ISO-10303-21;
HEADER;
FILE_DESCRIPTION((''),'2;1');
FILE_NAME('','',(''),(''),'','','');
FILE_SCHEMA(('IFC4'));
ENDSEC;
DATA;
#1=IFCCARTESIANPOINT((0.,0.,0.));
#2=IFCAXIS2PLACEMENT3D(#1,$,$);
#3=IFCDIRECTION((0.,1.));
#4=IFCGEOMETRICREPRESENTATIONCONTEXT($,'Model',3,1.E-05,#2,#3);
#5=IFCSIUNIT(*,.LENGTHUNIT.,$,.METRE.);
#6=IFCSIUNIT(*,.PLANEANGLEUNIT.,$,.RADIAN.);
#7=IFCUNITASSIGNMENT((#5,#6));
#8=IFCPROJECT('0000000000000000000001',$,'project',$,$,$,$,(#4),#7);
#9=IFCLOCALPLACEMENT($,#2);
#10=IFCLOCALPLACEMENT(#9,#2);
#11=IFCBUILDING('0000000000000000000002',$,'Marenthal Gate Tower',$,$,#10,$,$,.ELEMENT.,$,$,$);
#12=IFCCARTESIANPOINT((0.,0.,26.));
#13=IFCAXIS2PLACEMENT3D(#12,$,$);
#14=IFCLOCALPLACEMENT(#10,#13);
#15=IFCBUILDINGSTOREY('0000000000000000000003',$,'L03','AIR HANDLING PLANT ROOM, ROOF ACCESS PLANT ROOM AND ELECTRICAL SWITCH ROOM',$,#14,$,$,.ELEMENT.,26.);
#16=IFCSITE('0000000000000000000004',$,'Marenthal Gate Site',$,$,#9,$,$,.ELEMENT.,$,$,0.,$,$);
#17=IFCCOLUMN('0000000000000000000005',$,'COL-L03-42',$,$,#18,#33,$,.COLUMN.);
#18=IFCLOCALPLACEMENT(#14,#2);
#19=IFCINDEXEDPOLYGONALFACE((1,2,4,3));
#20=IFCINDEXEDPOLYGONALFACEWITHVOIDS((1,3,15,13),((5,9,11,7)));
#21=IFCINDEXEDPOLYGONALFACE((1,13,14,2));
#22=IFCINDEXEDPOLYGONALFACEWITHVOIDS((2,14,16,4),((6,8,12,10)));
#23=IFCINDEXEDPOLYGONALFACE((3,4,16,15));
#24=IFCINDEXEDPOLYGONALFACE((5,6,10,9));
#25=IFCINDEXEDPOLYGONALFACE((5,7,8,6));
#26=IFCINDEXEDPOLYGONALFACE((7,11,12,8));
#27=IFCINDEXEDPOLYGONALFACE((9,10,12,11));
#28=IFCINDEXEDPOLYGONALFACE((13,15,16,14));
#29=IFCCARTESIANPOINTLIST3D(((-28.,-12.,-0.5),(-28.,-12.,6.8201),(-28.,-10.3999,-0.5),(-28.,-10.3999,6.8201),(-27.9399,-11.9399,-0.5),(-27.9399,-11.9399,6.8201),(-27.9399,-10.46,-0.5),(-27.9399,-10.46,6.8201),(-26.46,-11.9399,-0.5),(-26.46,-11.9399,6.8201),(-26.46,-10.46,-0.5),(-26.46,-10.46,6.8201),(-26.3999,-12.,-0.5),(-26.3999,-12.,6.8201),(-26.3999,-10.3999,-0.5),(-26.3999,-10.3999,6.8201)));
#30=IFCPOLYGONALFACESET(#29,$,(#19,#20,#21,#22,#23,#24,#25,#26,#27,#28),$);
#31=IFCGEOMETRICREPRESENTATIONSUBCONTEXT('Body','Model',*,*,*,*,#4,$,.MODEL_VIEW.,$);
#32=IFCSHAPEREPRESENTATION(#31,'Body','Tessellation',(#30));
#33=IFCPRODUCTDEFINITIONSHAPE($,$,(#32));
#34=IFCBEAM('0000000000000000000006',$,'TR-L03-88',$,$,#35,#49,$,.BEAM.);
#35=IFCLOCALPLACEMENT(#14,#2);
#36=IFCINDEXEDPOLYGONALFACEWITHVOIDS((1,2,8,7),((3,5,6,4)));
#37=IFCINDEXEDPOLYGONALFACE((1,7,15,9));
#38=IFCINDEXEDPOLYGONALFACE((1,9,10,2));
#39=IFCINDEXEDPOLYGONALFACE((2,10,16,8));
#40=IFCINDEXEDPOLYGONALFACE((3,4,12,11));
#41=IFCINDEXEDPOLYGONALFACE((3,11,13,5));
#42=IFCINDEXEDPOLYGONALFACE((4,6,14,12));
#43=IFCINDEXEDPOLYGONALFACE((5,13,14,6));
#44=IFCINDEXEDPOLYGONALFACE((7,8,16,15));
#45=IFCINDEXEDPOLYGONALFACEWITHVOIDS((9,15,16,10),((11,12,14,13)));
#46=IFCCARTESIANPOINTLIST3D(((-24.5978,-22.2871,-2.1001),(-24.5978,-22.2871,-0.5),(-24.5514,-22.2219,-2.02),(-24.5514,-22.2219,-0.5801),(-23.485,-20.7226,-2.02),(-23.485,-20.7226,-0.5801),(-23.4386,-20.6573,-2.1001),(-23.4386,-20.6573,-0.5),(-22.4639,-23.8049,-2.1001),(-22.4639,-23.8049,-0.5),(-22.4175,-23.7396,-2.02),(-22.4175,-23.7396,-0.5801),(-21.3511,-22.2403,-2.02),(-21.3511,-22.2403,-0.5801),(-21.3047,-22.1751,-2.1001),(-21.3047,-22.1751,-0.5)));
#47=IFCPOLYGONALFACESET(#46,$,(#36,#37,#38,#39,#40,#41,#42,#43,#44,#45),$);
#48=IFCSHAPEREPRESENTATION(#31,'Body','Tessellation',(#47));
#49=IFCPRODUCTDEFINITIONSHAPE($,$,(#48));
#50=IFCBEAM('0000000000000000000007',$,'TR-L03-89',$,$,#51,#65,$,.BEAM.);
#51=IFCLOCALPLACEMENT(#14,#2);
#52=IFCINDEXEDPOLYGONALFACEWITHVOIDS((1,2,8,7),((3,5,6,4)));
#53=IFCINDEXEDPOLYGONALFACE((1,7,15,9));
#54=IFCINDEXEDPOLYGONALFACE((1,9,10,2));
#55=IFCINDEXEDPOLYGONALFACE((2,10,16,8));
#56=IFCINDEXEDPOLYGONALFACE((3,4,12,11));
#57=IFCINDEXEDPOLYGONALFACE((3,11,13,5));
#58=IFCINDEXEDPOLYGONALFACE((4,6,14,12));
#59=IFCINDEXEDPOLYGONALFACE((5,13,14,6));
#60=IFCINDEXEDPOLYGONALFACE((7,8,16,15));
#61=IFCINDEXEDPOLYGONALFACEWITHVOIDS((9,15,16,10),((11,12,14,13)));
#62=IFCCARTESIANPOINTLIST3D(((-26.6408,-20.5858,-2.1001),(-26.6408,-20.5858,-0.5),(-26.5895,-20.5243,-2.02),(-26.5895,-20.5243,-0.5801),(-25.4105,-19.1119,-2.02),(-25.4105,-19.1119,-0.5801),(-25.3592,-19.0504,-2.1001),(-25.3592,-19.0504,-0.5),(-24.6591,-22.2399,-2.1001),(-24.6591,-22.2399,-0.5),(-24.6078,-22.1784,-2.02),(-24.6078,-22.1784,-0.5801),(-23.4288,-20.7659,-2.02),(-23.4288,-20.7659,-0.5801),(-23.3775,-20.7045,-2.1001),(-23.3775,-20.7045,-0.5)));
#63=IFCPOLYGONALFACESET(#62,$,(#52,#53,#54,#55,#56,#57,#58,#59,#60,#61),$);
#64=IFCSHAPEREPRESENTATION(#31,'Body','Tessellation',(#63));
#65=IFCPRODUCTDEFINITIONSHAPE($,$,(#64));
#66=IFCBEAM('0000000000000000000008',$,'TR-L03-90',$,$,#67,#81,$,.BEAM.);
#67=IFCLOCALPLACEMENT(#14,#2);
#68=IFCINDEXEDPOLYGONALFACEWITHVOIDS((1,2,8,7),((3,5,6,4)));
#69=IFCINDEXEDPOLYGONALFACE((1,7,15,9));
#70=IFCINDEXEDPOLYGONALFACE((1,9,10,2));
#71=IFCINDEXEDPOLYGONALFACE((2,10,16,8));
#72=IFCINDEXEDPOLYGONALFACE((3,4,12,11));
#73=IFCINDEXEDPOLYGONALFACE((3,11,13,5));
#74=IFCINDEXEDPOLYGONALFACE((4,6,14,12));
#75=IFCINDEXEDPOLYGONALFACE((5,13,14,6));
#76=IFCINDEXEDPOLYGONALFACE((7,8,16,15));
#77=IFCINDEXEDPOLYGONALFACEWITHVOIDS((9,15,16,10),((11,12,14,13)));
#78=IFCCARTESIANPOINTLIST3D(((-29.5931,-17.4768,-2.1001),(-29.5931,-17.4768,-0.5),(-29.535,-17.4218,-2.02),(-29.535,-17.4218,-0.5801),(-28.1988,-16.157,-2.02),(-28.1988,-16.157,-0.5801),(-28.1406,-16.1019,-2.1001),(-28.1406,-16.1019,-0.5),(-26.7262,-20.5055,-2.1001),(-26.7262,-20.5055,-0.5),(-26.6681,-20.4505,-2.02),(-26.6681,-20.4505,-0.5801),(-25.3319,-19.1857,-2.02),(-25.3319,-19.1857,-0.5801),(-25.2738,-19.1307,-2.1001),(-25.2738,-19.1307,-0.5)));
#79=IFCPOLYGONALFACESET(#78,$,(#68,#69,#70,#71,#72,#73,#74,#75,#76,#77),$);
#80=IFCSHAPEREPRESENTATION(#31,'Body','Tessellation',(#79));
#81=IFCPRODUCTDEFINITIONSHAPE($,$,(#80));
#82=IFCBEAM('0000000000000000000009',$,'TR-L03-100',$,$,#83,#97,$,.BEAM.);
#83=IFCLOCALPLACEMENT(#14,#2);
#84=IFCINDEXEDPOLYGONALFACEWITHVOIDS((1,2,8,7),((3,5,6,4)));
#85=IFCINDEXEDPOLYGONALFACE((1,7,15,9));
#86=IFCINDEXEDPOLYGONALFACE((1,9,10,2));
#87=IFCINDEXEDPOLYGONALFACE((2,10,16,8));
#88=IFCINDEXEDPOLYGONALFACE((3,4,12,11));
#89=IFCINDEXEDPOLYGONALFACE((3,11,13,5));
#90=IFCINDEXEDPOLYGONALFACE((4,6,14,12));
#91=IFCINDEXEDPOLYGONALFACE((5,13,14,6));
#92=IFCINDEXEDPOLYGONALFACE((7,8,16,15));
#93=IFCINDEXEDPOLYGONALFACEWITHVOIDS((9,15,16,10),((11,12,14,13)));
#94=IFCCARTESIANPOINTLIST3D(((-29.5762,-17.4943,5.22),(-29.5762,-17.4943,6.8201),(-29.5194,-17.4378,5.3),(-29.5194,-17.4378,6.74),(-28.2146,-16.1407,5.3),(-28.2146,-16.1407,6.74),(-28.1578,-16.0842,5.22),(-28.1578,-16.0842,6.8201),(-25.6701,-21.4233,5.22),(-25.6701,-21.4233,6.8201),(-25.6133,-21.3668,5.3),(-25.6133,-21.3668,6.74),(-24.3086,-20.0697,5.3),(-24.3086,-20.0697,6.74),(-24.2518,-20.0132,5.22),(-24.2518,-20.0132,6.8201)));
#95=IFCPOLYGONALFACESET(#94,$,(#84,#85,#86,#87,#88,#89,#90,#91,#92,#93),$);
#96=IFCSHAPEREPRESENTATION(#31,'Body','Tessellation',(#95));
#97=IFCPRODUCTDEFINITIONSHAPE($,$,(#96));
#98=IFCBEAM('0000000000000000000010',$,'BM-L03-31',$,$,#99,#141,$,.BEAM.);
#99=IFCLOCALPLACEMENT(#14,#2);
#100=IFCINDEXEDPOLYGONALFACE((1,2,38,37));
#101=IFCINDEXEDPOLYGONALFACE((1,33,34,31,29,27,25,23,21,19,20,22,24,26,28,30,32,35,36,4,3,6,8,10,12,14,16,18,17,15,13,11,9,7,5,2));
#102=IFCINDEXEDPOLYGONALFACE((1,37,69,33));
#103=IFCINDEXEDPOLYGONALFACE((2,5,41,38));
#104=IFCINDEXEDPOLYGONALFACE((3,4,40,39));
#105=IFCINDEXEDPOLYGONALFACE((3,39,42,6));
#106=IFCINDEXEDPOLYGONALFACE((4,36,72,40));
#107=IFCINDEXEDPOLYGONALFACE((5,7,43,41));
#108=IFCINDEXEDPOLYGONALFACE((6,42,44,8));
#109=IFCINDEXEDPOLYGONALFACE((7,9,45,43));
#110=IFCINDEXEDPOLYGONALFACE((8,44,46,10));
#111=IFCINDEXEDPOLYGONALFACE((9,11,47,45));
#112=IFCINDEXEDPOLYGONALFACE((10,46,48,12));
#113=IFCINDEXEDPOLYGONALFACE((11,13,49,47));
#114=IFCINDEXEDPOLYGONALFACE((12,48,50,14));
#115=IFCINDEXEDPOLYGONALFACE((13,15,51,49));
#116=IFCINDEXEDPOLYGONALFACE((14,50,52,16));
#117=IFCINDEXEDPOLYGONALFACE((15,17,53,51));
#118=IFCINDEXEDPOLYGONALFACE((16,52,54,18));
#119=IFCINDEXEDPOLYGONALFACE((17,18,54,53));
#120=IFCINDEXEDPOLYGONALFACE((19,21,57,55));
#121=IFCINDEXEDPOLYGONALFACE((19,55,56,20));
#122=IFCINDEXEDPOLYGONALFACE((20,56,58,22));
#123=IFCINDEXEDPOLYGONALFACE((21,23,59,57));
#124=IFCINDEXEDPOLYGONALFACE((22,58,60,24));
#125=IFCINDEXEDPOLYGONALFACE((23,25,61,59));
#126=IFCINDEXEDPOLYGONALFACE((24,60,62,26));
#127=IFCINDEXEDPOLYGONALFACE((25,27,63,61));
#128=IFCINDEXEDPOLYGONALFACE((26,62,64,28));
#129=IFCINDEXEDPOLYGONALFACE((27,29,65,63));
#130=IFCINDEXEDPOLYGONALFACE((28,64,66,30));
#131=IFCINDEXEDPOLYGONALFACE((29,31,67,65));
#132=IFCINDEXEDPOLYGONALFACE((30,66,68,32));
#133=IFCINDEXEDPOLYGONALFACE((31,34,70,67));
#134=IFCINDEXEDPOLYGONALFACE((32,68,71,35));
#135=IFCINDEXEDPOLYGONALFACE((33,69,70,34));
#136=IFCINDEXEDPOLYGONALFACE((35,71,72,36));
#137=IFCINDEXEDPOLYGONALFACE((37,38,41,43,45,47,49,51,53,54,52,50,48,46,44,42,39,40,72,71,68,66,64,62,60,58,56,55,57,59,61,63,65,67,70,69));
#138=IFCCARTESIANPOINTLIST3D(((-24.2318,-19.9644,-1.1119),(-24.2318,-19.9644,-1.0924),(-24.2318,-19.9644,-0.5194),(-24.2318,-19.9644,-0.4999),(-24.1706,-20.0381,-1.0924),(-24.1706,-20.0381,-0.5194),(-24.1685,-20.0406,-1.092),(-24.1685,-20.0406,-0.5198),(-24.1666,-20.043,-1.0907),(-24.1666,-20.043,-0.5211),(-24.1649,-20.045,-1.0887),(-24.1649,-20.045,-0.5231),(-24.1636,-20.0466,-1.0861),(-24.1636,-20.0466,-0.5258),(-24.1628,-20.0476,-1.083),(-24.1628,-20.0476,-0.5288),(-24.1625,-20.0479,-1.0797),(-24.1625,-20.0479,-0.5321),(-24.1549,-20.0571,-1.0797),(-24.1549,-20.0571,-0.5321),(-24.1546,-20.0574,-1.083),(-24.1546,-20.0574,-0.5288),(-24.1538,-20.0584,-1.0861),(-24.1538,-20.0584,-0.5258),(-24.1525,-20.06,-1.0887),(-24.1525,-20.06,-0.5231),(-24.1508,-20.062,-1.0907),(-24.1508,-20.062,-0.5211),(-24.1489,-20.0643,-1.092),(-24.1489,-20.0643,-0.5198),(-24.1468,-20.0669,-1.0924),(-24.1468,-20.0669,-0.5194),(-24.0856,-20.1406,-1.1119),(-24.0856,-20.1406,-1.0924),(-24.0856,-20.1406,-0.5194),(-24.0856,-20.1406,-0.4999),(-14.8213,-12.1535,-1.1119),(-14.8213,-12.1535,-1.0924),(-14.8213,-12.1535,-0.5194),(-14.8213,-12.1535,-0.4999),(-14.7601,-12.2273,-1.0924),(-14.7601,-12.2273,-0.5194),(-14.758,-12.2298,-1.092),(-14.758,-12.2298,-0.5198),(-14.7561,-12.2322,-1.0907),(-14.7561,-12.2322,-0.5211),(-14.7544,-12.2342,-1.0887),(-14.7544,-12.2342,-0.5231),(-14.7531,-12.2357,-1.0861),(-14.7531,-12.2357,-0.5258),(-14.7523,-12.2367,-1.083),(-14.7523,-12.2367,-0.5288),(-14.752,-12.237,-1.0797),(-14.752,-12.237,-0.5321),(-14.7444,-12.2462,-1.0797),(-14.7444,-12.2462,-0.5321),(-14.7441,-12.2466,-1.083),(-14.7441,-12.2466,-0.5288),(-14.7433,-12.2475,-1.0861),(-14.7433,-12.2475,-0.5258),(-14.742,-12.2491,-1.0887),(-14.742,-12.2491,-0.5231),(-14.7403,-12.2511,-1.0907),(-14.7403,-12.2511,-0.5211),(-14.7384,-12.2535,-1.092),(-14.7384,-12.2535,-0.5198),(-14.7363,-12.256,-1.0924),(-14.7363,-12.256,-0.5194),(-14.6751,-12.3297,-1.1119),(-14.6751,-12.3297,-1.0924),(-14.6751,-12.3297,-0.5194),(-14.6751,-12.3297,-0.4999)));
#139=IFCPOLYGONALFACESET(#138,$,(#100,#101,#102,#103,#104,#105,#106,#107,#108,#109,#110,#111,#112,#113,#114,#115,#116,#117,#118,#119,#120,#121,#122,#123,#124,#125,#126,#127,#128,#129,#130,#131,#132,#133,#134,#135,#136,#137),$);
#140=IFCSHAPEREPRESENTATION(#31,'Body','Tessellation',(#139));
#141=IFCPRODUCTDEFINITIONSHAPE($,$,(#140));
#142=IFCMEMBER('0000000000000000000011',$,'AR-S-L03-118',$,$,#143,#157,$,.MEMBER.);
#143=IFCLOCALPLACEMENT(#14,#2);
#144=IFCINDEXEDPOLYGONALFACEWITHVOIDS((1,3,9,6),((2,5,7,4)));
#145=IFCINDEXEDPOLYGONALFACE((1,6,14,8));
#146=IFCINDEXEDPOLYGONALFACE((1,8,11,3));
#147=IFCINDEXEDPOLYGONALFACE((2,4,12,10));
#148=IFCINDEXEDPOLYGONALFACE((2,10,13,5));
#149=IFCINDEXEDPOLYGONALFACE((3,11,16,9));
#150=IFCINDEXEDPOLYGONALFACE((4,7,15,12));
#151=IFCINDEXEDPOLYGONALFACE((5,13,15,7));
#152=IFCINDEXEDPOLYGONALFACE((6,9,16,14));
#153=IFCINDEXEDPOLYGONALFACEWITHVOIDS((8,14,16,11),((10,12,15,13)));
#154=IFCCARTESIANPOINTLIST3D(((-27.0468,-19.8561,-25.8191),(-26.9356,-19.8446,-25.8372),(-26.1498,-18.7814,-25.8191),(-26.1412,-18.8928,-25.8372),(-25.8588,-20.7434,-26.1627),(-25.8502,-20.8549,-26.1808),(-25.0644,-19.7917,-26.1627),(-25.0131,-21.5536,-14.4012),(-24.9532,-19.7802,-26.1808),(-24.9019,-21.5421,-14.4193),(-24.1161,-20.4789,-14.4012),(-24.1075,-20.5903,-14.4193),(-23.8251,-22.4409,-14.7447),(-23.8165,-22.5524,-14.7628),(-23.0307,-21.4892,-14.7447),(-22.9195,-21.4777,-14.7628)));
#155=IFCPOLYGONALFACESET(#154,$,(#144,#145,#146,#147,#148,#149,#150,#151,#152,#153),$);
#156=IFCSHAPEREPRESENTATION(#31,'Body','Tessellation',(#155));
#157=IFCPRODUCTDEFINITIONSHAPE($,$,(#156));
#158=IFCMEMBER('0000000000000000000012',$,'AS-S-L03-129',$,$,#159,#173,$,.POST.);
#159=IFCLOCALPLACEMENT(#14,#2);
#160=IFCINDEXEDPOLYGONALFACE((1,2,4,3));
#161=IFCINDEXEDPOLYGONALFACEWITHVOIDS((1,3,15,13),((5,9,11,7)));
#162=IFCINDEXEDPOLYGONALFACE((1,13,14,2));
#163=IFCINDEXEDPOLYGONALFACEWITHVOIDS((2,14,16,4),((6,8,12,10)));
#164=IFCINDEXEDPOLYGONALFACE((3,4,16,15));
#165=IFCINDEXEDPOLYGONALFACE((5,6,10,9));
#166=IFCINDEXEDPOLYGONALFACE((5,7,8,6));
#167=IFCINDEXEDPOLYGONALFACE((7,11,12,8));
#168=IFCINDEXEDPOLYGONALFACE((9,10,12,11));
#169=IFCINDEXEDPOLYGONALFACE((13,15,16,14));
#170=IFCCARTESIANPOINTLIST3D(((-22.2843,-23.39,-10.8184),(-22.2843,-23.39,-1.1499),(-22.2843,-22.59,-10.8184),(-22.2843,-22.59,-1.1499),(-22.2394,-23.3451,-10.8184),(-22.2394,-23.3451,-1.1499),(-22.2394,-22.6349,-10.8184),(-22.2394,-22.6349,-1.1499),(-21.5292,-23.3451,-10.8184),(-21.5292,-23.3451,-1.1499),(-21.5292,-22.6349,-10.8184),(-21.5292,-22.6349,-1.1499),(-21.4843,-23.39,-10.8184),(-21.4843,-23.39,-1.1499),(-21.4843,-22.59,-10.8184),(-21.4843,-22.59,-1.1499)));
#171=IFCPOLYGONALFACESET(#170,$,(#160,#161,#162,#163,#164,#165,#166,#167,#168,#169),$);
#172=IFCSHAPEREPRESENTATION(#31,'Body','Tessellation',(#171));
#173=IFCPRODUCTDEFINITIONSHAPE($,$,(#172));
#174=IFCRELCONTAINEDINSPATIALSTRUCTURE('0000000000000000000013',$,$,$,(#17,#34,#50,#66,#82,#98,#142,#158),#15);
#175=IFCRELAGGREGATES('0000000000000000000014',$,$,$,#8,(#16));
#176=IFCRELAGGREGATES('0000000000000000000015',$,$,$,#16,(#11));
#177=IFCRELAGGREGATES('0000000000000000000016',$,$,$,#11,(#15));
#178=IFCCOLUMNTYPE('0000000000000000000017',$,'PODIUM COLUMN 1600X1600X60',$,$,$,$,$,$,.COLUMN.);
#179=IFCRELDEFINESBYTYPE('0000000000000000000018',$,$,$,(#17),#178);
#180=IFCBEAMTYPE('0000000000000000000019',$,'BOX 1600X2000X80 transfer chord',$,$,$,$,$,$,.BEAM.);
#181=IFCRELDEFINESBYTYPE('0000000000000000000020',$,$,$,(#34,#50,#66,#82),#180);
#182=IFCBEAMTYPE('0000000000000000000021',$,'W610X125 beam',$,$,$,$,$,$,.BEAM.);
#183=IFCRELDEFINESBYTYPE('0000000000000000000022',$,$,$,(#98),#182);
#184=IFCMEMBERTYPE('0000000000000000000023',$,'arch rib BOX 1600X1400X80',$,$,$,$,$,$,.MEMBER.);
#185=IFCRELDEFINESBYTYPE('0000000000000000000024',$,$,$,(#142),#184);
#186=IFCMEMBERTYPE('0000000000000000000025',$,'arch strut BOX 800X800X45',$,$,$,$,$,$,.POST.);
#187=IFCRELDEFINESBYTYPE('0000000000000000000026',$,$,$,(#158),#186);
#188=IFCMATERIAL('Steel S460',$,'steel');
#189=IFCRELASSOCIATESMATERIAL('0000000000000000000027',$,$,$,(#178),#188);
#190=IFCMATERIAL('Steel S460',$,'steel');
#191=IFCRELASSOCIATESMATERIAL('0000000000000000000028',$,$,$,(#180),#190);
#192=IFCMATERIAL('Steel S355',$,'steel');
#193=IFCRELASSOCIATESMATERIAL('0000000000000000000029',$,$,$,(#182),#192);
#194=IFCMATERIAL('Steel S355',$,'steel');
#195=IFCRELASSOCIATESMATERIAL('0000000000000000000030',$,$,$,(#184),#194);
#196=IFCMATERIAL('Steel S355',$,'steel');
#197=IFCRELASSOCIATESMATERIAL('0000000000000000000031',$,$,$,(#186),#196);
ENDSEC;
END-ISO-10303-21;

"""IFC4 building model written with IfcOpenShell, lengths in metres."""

from ifc_helpers import new_model, si_unit, direction, frame, origin, origin_2d, place, context, subcontext, project, spatial, rectangle, hollow_rectangle, i_section, extrude, material, material_profile, profile_set, type_object, element, save


model = new_model("IFC4")

# Units and contexts
model_context = context("Model", 3, precision=1e-05, world=origin(), true_north=direction((0.0, 1.0)))
body_context = subcontext(model_context, "Body", "Model", "MODEL_VIEW")
ifc_project = project(units=[si_unit("LENGTHUNIT", "METRE"), si_unit("PLANEANGLEUNIT", "RADIAN")], contexts=[model_context])

# Site, building, storey
site_placement = place(None, origin())
site = spatial("IfcSite", under=ifc_project, at=site_placement, Name="Marenthal Gate Site", CompositionType="ELEMENT", RefElevation=0.0)
building_placement = place(site_placement, origin())
building = spatial("IfcBuilding", under=site, at=building_placement, Name="Marenthal Gate Tower", CompositionType="ELEMENT")
storey_placement = place(building_placement, frame((0.0, 0.0, 26.0)))
storey = spatial("IfcBuildingStorey", under=building, at=storey_placement, Name="L03", Description="AIR HANDLING PLANT ROOM, ROOF ACCESS PLANT ROOM AND ELECTRICAL SWITCH ROOM", CompositionType="ELEMENT", Elevation=26.0)

# Column
ifc_material_1 = material(Name="Steel S460", Category="steel")
ifc_material_profile_1 = material_profile(ifc_material_1, hollow_rectangle(XDim=1.6001, YDim=1.6001, WallThickness=0.0601, at=origin_2d()), Name="CFT BOX 1600X1600X60")
ifc_material_2 = material(Name="Concrete 70 MPa", Category="concrete")
ifc_material_profile_2 = material_profile(ifc_material_2, rectangle(XDim=1.48, YDim=1.48, at=origin_2d()), Name="CFT BOX 1600X1600X60 INFILL")
ifc_profile_set_1 = profile_set([ifc_material_profile_1, ifc_material_profile_2], Name="Steel S460 shell, Concrete 70 MPa infill")
column_type = type_object("IfcColumnType", Name="PODIUM COLUMN 1600X1600X60", PredefinedType="COLUMN", material=ifc_profile_set_1)
column_placement = place(storey_placement, frame((-27.2, -11.2, -0.5), z_axis=(0.0, 0.0, 1.0), x_axis=(1.0, 0.0, 0.0)))
element("IfcColumn", 1, at=column_placement, inside=storey, type_object=column_type, Name="COL-L03-42", PredefinedType="COLUMN", context=body_context, shape_type="SweptSolid", body=[
    extrude(hollow_rectangle(XDim=1.6001, YDim=1.6001, WallThickness=0.0601, at=origin_2d()), origin(), (0.0, 0.0, 1.0), 7.3201),
])

# Beams
ifc_material_3 = material(Name="Steel S460", Category="steel")
ifc_material_profile_3 = material_profile(ifc_material_3, hollow_rectangle(XDim=2.0, YDim=1.6001, WallThickness=0.0801, at=origin_2d()), Name="BOX 1600X2000X80")
ifc_profile_set_2 = profile_set([ifc_material_profile_3], Name="Steel S460")
beam_type_1 = type_object("IfcBeamType", Name="BOX 1600X2000X80 transfer chord", PredefinedType="BEAM", material=ifc_profile_set_2)
beam_1_placement = place(storey_placement, frame((-21.8843, -22.99, -1.3), z_axis=(-0.814903, 0.579597, 0.0), x_axis=(-0.579597, -0.814903, 0.0)))
element("IfcBeam", 2, at=beam_1_placement, inside=storey, type_object=beam_type_1, Name="TR-L03-88", PredefinedType="BEAM", context=body_context, shape_type="SweptSolid", body=[
    extrude(hollow_rectangle(XDim=2.0, YDim=1.6001, WallThickness=0.0801, at=origin_2d()), origin(), (0.0, 0.0, 1.0), 2.6187),
])
beam_2_placement = place(storey_placement, frame((-24.0183, -21.4722, -1.3), z_axis=(-0.767717, 0.640789, 0.0), x_axis=(-0.640789, -0.767717, 0.0)))
element("IfcBeam", 3, at=beam_2_placement, inside=storey, type_object=beam_type_1, Name="TR-L03-89", PredefinedType="BEAM", context=body_context, shape_type="SweptSolid", body=[
    extrude(hollow_rectangle(XDim=2.0, YDim=1.6001, WallThickness=0.0801, at=origin_2d()), origin(), (0.0, 0.0, 1.0), 2.5813),
])
beam_3_placement = place(storey_placement, frame((-26.0, -19.8181, -1.3), z_axis=(-0.687434, 0.726246, 0.0), x_axis=(-0.726246, -0.687434, 0.0)))
element("IfcBeam", 4, at=beam_3_placement, inside=storey, type_object=beam_type_1, Name="TR-L03-90", PredefinedType="BEAM", context=body_context, shape_type="SweptSolid", body=[
    extrude(hollow_rectangle(XDim=2.0, YDim=1.6001, WallThickness=0.0801, at=origin_2d()), origin(), (0.0, 0.0, 1.0), 4.1704),
])
beam_4_placement = place(storey_placement, frame((-24.9609, -20.7183, 6.02), z_axis=(-0.705033, 0.709175, 0.0), x_axis=(-0.709175, -0.705033, 0.0)))
element("IfcBeam", 5, at=beam_4_placement, inside=storey, type_object=beam_type_1, Name="TR-L03-100", PredefinedType="BEAM", context=body_context, shape_type="SweptSolid", body=[
    extrude(hollow_rectangle(XDim=2.0, YDim=1.6001, WallThickness=0.0801, at=origin_2d()), origin(), (0.0, 0.0, 1.0), 5.5403),
])
ifc_material_4 = material(Name="Steel S355", Category="steel")
ifc_material_profile_4 = material_profile(ifc_material_4, i_section(OverallWidth=0.229, OverallDepth=0.6121, WebThickness=0.012, FlangeThickness=0.0195, FilletRadius=0.0127, at=origin_2d()), Name="W610X125")
ifc_profile_set_3 = profile_set([ifc_material_profile_4], Name="Steel S355")
beam_type_2 = type_object("IfcBeamType", Name="W610X125 beam", PredefinedType="BEAM", material=ifc_profile_set_3)
beam_5_placement = place(storey_placement, frame((-24.1587, -20.0525, -0.8059), z_axis=(0.769475, 0.638677, 0.0), x_axis=(-0.638677, 0.769475, 0.0)))
element("IfcBeam", 6, at=beam_5_placement, inside=storey, type_object=beam_type_2, Name="BM-L03-31", PredefinedType="BEAM", context=body_context, shape_type="SweptSolid", body=[
    extrude(i_section(OverallWidth=0.229, OverallDepth=0.6121, WebThickness=0.012, FlangeThickness=0.0195, FilletRadius=0.0127, at=origin_2d()), origin(), (0.0, 0.0, 1.0), 12.2297),
])

# Members
ifc_material_5 = material(Name="Steel S355", Category="steel")
ifc_material_profile_5 = material_profile(ifc_material_5, hollow_rectangle(XDim=1.3999, YDim=1.6001, WallThickness=0.0801, at=origin_2d()), Name="BOX 1600X1400X80")
ifc_profile_set_4 = profile_set([ifc_material_profile_5], Name="Steel S355")
member_type_1 = type_object("IfcMemberType", Name="arch rib BOX 1600X1400X80", PredefinedType="MEMBER", material=ifc_profile_set_4)
member_1_placement = place(storey_placement, frame((-23.9663, -21.5156, -14.582), z_axis=(-0.173505, 0.144823, -0.974126), x_axis=(-0.640801, -0.767707, 0.0)))
element("IfcMember", 7, at=member_1_placement, inside=storey, type_object=member_type_1, Name="AR-S-L03-118", PredefinedType="MEMBER", context=body_context, shape_type="SweptSolid", body=[
    extrude(hollow_rectangle(XDim=1.3999, YDim=1.6001, WallThickness=0.0801, at=origin_2d()), origin(), (0.0, 0.0, 1.0), 11.7212),
])
ifc_material_6 = material(Name="Steel S355", Category="steel")
ifc_material_profile_6 = material_profile(ifc_material_6, hollow_rectangle(XDim=0.8, YDim=0.8, WallThickness=0.0449, at=origin_2d()), Name="BOX 800X800X45")
ifc_profile_set_5 = profile_set([ifc_material_profile_6], Name="Steel S355")
member_type_2 = type_object("IfcMemberType", Name="arch strut BOX 800X800X45", PredefinedType="POST", material=ifc_profile_set_5)
member_2_placement = place(storey_placement, frame((-21.8843, -22.99, -10.8184), z_axis=(0.0, 0.0, 1.0), x_axis=(1.0, 0.0, 0.0)))
element("IfcMember", 8, at=member_2_placement, inside=storey, type_object=member_type_2, Name="AS-S-L03-129", PredefinedType="POST", context=body_context, shape_type="SweptSolid", body=[
    extrude(hollow_rectangle(XDim=0.8, YDim=0.8, WallThickness=0.0449, at=origin_2d()), origin(), (0.0, 0.0, 1.0), 9.6685),
])

save(model, "model.ifc")
